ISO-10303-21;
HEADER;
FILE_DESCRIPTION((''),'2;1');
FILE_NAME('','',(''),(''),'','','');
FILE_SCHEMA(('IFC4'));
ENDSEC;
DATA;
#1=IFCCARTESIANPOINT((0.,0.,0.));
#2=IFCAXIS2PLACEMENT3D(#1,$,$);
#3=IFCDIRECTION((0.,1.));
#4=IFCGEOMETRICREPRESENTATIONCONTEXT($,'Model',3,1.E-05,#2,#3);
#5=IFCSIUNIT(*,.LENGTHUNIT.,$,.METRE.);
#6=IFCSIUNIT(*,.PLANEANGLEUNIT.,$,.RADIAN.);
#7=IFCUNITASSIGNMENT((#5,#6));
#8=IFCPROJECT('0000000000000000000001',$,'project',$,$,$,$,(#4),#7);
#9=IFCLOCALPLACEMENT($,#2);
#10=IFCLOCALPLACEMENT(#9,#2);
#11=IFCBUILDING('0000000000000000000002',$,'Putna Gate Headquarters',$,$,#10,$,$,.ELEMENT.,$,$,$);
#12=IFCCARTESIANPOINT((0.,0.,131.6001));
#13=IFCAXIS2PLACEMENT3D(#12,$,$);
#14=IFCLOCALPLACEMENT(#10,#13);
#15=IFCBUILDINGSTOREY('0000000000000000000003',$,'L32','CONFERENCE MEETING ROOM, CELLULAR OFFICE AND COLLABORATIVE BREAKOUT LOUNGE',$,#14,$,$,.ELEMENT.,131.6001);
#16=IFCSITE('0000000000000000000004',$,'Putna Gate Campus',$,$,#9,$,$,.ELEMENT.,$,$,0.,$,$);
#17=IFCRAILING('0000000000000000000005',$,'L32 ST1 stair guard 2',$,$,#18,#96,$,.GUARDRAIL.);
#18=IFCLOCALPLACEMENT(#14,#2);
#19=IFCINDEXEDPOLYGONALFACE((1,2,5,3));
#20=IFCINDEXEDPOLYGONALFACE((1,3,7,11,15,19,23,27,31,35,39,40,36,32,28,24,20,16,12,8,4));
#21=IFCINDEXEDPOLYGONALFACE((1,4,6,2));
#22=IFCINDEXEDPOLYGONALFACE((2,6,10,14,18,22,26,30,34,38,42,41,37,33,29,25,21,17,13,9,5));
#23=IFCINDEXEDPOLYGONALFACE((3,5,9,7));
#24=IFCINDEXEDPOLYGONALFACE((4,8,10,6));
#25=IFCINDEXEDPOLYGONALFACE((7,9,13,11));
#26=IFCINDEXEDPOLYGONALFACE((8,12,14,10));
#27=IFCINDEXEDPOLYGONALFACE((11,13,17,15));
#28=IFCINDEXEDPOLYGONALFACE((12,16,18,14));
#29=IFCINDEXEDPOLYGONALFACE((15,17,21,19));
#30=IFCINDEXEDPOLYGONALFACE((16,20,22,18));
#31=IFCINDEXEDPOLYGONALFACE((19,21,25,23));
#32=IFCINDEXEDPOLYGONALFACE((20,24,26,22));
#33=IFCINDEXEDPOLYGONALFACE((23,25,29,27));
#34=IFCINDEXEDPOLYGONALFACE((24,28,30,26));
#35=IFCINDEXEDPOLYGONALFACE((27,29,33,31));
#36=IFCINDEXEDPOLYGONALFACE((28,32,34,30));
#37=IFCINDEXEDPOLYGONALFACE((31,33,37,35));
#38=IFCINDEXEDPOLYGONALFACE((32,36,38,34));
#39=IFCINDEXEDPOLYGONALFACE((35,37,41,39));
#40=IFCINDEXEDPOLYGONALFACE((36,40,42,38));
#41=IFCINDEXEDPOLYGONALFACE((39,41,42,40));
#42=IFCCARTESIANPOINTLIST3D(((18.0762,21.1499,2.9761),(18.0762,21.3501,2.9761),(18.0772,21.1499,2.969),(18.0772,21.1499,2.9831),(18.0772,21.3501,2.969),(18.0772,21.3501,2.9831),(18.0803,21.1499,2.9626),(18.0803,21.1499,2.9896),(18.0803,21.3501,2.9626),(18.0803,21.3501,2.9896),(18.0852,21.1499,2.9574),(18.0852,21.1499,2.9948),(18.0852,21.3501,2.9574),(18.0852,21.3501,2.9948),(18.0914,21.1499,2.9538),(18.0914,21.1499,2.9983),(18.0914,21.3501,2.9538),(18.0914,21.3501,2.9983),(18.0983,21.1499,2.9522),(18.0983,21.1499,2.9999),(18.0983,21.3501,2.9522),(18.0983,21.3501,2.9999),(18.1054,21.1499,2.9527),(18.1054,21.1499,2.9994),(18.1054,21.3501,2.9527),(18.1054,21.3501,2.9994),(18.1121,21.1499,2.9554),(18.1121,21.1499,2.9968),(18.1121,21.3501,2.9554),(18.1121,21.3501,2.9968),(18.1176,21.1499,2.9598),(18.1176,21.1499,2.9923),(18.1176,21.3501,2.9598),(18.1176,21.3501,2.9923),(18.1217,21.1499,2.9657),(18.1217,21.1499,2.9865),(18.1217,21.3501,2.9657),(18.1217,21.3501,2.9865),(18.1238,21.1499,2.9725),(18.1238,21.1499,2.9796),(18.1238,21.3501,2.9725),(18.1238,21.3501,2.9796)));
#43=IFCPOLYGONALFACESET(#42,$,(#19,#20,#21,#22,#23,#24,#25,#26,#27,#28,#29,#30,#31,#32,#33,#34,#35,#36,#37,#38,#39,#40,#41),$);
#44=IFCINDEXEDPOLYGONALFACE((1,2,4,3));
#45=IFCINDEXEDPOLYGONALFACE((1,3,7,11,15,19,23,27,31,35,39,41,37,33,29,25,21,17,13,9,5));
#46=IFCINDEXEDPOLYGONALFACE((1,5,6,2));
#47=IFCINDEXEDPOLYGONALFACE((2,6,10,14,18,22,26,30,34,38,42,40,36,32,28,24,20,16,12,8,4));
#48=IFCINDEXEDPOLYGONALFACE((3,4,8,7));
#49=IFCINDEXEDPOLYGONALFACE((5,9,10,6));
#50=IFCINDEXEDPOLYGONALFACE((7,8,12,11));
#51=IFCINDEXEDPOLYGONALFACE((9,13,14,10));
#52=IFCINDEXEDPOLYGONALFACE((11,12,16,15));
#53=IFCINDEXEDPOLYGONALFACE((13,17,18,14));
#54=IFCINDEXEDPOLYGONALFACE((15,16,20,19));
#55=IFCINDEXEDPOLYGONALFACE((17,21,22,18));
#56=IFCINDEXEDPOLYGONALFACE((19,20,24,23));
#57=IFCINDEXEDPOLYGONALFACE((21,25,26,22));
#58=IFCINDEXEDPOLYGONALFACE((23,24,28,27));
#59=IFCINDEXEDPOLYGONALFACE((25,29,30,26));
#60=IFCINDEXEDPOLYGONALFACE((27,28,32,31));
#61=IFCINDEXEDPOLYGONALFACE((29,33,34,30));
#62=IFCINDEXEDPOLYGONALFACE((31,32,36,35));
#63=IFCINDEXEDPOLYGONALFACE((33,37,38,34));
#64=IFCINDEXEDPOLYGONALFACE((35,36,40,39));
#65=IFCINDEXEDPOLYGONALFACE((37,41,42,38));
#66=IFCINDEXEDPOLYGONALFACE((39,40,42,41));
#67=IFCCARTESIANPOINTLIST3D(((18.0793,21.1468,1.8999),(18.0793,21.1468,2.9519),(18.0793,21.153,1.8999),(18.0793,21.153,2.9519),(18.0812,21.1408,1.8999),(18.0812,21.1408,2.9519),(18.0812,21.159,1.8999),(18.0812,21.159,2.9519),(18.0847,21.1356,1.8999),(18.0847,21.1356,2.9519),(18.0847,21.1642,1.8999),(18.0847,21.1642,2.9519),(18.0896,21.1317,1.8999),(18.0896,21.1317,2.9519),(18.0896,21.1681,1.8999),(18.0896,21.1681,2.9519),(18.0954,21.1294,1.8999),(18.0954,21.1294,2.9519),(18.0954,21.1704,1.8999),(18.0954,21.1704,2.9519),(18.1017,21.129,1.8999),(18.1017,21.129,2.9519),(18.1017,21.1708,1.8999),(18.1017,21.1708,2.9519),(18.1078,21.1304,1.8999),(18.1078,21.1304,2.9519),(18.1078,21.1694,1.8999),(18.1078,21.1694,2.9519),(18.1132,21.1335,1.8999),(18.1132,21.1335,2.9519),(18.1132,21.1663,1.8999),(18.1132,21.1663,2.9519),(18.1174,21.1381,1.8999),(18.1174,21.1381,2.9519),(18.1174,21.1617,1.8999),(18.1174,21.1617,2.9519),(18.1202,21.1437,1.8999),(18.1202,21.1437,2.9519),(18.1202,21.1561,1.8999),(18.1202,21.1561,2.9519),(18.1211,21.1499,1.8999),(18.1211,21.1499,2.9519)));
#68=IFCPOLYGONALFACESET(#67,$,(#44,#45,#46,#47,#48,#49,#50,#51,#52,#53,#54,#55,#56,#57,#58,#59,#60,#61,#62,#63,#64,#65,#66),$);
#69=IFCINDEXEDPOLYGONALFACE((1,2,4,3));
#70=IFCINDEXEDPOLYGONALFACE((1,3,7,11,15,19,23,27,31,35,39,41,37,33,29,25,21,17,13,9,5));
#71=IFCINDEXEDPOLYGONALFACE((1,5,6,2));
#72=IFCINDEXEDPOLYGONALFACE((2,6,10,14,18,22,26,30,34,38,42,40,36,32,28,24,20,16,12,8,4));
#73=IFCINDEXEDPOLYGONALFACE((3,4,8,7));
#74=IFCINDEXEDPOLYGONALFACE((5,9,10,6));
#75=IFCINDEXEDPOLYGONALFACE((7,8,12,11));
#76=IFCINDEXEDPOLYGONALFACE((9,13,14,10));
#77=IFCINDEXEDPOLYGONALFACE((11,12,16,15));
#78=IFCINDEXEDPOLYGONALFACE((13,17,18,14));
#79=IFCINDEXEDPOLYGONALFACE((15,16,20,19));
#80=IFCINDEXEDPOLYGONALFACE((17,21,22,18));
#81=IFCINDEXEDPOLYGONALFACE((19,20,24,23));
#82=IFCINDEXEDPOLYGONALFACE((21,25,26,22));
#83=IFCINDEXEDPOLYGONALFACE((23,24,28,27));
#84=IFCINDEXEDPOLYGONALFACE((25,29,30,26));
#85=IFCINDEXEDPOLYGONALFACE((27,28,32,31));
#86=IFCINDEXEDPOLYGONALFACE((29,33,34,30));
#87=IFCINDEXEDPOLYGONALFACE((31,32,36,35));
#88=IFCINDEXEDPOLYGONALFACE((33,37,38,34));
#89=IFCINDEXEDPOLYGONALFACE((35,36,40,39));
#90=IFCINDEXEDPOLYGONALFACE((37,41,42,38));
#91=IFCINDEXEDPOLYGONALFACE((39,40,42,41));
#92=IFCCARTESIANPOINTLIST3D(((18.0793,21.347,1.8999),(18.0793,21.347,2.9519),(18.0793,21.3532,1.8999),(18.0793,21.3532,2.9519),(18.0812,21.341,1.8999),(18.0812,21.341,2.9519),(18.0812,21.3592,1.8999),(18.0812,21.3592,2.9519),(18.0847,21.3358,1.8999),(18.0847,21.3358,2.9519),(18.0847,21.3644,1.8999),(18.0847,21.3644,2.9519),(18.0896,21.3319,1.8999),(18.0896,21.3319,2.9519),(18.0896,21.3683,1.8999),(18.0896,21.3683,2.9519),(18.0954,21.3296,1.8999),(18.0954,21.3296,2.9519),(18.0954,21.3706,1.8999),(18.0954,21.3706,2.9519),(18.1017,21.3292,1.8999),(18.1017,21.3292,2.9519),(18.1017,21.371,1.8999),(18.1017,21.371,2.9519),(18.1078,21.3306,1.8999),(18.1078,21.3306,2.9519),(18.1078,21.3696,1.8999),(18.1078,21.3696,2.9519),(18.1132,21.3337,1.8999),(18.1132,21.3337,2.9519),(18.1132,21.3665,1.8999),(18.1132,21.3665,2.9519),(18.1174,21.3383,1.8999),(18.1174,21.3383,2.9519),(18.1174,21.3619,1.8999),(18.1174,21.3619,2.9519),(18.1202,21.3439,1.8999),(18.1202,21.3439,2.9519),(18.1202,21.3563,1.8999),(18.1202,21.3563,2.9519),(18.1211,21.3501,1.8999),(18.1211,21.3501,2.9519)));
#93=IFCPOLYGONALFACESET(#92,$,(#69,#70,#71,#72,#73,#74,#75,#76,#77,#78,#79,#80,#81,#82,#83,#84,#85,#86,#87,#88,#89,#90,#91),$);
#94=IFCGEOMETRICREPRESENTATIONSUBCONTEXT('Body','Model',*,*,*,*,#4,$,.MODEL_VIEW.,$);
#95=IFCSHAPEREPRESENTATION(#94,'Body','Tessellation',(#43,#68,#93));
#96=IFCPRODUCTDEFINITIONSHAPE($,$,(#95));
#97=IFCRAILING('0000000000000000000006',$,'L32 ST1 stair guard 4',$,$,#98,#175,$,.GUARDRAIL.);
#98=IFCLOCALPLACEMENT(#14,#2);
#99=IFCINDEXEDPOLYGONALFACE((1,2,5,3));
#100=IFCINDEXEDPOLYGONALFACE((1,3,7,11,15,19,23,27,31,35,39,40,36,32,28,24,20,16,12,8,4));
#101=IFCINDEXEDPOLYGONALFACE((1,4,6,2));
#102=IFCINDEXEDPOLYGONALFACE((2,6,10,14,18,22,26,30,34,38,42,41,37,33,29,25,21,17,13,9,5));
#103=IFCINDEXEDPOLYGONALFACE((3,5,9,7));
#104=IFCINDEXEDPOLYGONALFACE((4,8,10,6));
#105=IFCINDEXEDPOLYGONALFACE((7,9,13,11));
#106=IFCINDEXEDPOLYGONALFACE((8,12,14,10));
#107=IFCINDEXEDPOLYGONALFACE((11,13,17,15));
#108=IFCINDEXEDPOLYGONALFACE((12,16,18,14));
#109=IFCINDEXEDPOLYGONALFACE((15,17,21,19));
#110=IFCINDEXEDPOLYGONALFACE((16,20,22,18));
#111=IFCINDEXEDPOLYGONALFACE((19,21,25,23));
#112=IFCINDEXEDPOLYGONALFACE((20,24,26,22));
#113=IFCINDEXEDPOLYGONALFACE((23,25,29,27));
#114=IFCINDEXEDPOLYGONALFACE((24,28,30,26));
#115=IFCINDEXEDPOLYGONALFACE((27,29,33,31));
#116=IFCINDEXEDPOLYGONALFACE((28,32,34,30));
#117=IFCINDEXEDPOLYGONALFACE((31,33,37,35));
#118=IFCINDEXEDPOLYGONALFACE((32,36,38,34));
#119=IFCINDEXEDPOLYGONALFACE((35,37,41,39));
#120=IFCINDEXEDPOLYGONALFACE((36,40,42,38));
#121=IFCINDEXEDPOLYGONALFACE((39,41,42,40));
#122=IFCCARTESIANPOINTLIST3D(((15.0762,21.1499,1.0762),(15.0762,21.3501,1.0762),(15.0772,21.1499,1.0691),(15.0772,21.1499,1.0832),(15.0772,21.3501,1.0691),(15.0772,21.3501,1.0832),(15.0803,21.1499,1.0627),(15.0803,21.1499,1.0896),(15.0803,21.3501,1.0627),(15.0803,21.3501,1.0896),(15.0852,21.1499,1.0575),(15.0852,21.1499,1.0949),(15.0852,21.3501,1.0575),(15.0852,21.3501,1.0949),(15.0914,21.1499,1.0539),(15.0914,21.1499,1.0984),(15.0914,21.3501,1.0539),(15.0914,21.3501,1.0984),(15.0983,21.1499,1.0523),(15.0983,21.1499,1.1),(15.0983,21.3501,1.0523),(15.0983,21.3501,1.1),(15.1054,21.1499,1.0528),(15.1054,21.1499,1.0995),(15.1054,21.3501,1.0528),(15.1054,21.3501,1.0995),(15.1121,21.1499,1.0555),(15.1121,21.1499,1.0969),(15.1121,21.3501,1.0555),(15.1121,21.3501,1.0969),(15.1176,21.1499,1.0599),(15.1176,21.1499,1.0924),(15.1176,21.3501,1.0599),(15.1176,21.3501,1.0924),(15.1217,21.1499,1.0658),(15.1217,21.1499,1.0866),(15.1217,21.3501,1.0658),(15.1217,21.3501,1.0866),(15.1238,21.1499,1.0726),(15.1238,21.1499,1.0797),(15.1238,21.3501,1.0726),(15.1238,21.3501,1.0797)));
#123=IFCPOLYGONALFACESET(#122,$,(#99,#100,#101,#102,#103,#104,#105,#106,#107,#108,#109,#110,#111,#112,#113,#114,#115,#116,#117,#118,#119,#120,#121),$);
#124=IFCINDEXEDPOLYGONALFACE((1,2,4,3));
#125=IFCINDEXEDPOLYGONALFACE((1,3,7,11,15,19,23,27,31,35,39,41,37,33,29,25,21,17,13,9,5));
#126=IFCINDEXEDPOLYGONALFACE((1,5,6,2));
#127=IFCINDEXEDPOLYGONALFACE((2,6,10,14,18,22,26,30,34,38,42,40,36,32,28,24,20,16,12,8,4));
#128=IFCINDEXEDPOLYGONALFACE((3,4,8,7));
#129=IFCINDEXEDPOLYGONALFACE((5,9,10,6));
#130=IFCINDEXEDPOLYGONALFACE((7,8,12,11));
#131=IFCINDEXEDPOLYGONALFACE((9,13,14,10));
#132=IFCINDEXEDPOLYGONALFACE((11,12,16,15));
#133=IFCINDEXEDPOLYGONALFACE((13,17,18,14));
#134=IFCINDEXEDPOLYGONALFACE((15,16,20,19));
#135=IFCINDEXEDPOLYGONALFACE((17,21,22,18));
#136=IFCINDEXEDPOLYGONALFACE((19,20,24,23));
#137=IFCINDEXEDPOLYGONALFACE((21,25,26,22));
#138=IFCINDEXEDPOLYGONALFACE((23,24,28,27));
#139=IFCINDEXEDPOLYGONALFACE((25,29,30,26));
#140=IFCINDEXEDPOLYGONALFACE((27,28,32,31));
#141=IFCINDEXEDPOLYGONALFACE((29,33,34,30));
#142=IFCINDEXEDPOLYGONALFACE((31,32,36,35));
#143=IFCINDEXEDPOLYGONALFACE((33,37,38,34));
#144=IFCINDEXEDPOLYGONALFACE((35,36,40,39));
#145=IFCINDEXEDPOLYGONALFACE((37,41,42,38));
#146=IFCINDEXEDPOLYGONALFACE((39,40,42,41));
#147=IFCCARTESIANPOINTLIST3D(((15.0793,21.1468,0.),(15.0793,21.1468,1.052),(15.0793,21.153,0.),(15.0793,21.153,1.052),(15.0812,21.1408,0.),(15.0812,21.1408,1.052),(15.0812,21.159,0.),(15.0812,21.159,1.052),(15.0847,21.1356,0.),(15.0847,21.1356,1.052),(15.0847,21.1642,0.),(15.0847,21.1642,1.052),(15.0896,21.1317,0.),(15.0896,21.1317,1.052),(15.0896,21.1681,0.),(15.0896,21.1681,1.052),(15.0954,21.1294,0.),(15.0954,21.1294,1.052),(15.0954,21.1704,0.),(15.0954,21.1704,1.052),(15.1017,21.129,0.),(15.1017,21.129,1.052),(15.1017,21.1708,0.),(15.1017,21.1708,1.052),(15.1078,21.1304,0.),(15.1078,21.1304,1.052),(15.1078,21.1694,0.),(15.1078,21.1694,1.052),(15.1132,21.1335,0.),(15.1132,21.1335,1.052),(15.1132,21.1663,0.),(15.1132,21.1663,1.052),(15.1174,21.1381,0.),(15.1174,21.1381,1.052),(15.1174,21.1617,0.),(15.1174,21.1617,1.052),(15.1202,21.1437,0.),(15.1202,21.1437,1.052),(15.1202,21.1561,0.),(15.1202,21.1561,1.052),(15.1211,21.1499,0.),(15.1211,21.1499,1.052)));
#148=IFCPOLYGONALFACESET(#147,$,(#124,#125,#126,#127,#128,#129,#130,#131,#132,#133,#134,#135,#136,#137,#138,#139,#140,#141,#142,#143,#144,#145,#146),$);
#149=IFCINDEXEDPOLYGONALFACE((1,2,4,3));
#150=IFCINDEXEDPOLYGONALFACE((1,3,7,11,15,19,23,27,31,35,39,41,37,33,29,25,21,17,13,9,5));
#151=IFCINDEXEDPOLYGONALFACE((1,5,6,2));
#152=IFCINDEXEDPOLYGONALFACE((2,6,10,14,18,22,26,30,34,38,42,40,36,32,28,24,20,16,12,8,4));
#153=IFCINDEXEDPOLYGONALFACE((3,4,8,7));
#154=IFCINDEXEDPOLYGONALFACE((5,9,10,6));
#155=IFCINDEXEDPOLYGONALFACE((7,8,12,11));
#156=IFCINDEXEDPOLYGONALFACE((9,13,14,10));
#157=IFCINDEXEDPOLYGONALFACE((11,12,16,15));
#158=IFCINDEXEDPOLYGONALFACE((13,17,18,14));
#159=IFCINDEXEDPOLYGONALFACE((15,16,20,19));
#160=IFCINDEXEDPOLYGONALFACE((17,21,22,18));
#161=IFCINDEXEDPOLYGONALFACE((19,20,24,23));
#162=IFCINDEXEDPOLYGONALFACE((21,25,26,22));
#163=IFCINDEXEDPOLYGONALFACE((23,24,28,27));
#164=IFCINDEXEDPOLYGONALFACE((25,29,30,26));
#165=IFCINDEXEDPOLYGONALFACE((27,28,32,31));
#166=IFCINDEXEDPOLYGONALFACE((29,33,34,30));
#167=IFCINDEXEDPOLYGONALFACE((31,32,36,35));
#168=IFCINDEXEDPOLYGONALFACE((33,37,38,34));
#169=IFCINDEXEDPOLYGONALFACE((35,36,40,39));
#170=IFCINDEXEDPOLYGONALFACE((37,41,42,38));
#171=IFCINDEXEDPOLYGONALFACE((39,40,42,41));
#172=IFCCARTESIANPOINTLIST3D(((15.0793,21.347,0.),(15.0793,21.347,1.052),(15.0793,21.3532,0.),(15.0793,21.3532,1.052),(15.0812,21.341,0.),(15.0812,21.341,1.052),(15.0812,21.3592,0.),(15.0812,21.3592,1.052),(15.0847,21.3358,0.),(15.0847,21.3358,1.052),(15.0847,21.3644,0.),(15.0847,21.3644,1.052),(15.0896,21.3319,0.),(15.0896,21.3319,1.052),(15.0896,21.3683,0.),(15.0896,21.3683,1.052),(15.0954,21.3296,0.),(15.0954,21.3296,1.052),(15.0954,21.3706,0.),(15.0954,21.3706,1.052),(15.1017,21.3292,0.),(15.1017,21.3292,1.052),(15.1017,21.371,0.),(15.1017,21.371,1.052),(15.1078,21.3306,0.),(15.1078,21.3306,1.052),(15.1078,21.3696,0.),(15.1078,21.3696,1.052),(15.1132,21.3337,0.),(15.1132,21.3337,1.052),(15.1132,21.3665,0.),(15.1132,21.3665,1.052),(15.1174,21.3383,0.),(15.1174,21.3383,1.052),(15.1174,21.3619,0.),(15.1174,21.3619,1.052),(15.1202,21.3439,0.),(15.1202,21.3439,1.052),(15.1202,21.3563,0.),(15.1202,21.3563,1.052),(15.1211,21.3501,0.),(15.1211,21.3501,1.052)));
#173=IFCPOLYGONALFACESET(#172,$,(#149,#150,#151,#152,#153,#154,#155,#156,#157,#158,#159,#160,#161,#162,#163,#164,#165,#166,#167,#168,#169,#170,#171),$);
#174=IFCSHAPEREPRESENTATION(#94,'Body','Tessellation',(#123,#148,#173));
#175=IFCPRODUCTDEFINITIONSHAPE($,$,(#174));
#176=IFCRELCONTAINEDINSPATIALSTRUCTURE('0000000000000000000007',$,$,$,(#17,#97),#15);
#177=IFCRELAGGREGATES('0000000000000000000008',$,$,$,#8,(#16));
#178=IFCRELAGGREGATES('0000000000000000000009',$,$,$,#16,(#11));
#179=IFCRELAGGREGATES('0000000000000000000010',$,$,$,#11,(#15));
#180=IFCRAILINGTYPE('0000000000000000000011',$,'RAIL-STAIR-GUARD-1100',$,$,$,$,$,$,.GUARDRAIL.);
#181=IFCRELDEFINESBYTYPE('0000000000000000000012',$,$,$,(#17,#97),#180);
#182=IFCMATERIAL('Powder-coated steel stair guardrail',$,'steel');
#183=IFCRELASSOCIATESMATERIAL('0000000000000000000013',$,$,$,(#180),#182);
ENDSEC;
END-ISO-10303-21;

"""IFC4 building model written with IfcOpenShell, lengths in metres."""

from ifc_helpers import new_model, si_unit, direction, frame, origin, origin_2d, place, context, subcontext, project, spatial, circle, extrude, material, type_object, element, save


model = new_model("IFC4")

# Units and contexts
model_context = context("Model", 3, precision=1e-05, world=origin(), true_north=direction((0.0, 1.0)))
body_context = subcontext(model_context, "Body", "Model", "MODEL_VIEW")
ifc_project = project(units=[si_unit("LENGTHUNIT", "METRE"), si_unit("PLANEANGLEUNIT", "RADIAN")], contexts=[model_context])

# Site, building, storey
site_placement = place(None, origin())
site = spatial("IfcSite", under=ifc_project, at=site_placement, Name="Putna Gate Campus", CompositionType="ELEMENT", RefElevation=0.0)
building_placement = place(site_placement, origin())
building = spatial("IfcBuilding", under=site, at=building_placement, Name="Putna Gate Headquarters", CompositionType="ELEMENT")
storey_placement = place(building_placement, frame((0.0, 0.0, 131.6001)))
storey = spatial("IfcBuildingStorey", under=building, at=storey_placement, Name="L32", Description="CONFERENCE MEETING ROOM, CELLULAR OFFICE AND COLLABORATIVE BREAKOUT LOUNGE", CompositionType="ELEMENT", Elevation=131.6001)

# Railings
ifc_material_1 = material(Name="Powder-coated steel stair guardrail", Category="steel")
railing_type_1 = type_object("IfcRailingType", Name="RAIL-STAIR-GUARD-1100", PredefinedType="GUARDRAIL", material=ifc_material_1)
for number, where, name in (
    (1, (18.1001, 21.1499, 1.8999), "L32 ST1 stair guard 2"),
    (2, (15.1001, 21.1499, 0.0), "L32 ST1 stair guard 4"),
):
    element("IfcRailing", number, at=place(storey_placement, frame(where)), inside=storey, type_object=railing_type_1, Name=name, PredefinedType="GUARDRAIL", context=body_context, shape_type="SweptSolid", body=[
        extrude(circle(Radius=0.0239, at=origin_2d()), frame((0.0, 0.0, 1.0762), z_axis=(0.0, 1.0, 0.0), x_axis=(-1.0, 0.0, 0.0)), (0.0, 0.0, 1.0), 0.2002),
        extrude(circle(Radius=0.021, at=origin_2d()), origin(), (0.0, 0.0, 1.0), 1.052),
        extrude(circle(Radius=0.021, at=origin_2d()), frame((0.0, 0.2002, 0.0)), (0.0, 0.0, 1.0), 1.052),
    ])

save(model, "model.ifc")
